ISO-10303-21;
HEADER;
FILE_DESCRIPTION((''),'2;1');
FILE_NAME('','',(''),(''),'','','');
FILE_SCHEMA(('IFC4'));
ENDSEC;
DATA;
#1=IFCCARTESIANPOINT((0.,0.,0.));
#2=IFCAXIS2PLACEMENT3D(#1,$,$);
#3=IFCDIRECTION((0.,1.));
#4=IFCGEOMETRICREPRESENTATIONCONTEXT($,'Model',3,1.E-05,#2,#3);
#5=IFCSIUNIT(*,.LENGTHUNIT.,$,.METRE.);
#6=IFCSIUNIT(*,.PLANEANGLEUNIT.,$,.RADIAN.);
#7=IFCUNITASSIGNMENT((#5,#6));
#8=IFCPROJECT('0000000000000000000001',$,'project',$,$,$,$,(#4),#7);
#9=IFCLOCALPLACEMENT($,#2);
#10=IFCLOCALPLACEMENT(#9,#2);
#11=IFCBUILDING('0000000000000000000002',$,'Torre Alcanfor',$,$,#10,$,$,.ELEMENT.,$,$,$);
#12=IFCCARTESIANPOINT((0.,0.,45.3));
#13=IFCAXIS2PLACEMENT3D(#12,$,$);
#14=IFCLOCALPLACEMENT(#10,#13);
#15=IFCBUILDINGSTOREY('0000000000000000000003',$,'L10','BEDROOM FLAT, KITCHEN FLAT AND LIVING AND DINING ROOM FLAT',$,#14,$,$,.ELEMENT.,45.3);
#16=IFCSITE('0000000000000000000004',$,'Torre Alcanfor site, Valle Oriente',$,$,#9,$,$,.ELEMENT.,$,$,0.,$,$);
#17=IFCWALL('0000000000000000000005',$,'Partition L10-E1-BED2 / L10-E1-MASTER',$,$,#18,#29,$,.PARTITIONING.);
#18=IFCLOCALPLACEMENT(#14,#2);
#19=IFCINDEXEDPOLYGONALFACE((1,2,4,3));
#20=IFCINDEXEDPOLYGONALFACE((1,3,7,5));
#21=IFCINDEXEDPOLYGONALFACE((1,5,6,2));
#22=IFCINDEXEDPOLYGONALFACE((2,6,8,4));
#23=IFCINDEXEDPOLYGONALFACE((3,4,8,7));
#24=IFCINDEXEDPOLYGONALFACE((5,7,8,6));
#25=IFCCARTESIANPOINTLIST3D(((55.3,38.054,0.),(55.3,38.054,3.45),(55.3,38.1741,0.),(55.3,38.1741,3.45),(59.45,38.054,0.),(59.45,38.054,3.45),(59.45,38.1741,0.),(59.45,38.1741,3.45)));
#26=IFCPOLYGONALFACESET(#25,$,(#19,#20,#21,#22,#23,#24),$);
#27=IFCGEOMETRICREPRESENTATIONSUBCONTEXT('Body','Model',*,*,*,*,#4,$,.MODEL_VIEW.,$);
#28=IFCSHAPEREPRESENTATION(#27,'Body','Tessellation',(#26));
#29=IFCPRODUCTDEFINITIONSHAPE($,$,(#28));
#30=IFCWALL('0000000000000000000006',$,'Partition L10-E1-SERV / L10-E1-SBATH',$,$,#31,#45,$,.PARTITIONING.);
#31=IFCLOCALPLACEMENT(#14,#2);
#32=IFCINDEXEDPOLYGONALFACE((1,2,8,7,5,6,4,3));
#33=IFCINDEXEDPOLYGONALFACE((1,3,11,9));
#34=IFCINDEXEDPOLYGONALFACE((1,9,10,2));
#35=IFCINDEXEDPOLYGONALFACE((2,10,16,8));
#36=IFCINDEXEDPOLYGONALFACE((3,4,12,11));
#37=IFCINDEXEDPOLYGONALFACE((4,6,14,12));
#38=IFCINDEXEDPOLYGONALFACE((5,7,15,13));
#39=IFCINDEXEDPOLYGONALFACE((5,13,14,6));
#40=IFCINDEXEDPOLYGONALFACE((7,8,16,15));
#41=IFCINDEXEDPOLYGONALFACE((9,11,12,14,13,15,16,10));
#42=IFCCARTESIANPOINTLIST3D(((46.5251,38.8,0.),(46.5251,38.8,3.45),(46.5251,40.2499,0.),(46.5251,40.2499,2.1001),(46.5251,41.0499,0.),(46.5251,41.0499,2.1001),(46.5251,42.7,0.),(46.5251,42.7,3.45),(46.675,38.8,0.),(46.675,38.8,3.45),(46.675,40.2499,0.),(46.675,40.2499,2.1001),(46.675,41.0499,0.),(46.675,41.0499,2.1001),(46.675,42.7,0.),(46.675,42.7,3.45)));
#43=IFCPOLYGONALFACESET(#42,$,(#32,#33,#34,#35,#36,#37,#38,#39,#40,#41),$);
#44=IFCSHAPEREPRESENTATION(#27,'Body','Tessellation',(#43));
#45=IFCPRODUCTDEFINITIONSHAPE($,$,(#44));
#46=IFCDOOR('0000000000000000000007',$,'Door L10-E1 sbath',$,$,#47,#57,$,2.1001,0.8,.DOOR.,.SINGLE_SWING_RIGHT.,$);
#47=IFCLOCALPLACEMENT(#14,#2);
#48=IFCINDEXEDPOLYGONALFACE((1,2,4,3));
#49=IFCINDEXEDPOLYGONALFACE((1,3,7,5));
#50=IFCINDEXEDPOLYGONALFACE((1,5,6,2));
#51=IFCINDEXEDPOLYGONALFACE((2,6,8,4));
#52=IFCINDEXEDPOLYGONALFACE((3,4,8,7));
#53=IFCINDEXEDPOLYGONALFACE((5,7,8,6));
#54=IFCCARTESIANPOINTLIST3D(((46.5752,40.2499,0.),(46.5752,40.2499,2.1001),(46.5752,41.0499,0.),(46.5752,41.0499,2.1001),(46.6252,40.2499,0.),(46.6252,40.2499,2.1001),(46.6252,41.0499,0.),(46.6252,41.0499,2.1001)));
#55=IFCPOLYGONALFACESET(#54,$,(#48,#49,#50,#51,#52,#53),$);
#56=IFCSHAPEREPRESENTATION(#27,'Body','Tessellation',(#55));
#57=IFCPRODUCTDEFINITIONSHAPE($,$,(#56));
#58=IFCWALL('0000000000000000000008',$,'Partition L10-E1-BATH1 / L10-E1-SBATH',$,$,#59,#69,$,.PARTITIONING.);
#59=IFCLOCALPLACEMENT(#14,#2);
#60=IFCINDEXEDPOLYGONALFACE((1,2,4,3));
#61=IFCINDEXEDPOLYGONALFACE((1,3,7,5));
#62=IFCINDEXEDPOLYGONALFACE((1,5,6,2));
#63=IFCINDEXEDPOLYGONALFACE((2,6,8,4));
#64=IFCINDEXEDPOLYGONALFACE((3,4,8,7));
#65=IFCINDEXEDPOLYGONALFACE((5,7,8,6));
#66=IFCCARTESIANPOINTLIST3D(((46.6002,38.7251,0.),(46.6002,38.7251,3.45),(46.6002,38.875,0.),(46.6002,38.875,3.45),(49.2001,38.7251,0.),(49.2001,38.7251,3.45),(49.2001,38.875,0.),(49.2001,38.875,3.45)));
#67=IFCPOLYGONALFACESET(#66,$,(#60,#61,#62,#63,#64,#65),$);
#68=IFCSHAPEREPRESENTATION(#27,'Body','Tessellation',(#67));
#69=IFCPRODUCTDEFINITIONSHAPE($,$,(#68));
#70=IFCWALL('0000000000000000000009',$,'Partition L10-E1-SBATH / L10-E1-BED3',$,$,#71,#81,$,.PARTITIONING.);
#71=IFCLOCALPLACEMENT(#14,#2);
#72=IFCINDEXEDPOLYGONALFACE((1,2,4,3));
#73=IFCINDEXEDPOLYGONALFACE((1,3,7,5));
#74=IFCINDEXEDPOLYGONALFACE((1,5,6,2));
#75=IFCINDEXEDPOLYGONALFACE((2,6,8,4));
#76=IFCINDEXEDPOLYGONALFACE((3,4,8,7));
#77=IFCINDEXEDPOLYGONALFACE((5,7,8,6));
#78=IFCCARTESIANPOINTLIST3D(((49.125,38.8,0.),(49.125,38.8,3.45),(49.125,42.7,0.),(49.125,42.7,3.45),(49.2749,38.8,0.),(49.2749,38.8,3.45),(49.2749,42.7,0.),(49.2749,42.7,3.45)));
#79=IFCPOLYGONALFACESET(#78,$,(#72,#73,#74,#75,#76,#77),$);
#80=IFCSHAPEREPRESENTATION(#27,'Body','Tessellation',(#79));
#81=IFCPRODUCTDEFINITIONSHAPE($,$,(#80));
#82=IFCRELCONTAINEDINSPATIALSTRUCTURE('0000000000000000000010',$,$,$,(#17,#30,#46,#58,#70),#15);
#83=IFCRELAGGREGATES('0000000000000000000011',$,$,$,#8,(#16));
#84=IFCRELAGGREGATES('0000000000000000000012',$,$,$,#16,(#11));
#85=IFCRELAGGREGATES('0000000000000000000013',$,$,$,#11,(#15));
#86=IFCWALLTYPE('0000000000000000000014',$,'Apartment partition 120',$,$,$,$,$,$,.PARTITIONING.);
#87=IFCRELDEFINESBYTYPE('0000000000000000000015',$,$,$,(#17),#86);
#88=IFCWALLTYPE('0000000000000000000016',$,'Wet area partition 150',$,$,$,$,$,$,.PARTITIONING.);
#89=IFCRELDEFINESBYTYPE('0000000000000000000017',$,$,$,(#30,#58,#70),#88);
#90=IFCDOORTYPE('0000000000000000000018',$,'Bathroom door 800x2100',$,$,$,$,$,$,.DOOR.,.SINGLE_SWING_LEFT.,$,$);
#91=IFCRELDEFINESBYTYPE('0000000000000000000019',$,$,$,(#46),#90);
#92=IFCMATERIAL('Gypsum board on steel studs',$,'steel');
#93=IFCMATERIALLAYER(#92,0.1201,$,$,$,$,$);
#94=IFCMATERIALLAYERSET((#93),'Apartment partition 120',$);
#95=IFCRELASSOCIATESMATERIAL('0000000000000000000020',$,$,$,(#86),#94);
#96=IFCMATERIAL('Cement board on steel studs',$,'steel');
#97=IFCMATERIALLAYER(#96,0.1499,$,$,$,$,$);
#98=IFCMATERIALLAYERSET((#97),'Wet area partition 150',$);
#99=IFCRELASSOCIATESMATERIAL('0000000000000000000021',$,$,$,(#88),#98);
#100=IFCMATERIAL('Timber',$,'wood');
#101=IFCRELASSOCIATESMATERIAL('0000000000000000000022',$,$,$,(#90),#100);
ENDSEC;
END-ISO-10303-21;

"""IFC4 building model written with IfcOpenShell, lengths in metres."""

from ifc_helpers import new_model, si_unit, direction, frame, frame_2d, origin, place, context, subcontext, project, spatial, rectangle, extrude, material, layer, layer_set, type_object, element, fill, save


model = new_model("IFC4")

# Units and contexts
model_context = context("Model", 3, precision=1e-05, world=origin(), true_north=direction((0.0, 1.0)))
body_context = subcontext(model_context, "Body", "Model", "MODEL_VIEW")
ifc_project = project(units=[si_unit("LENGTHUNIT", "METRE"), si_unit("PLANEANGLEUNIT", "RADIAN")], contexts=[model_context])

# Site, building, storey
site_placement = place(None, origin())
site = spatial("IfcSite", under=ifc_project, at=site_placement, Name="Torre Alcanfor site, Valle Oriente", CompositionType="ELEMENT", RefElevation=0.0)
building_placement = place(site_placement, origin())
building = spatial("IfcBuilding", under=site, at=building_placement, Name="Torre Alcanfor", CompositionType="ELEMENT")
storey_placement = place(building_placement, frame((0.0, 0.0, 45.3)))
storey = spatial("IfcBuildingStorey", under=building, at=storey_placement, Name="L10", Description="BEDROOM FLAT, KITCHEN FLAT AND LIVING AND DINING ROOM FLAT", CompositionType="ELEMENT", Elevation=45.3)

# Shared definitions
ifc_material_1 = material(Name="Gypsum board on steel studs", Category="steel")
ifc_layer_1 = layer(ifc_material_1, 0.1201)
ifc_layer_set_1 = layer_set([ifc_layer_1], Name="Apartment partition 120")
wall_type_1 = type_object("IfcWallType", Name="Apartment partition 120", PredefinedType="PARTITIONING", material=ifc_layer_set_1)

# Wall
wall_1_placement = place(storey_placement, frame((59.45, 38.114, 0.0), z_axis=(0.0, 0.0, 1.0), x_axis=(-1.0, 0.0, 0.0)))
element("IfcWall", 1, at=wall_1_placement, inside=storey, type_object=wall_type_1, Name="Partition L10-E1-BED2 / L10-E1-MASTER", PredefinedType="PARTITIONING", context=body_context, shape_type="SweptSolid", body=[
    extrude(rectangle(XDim=4.1499, YDim=0.1201, at=frame_2d((2.075, 0.0))), origin(), (0.0, 0.0, 1.0), 3.45),
])

# Wall, opening, door
ifc_material_2 = material(Name="Cement board on steel studs", Category="steel")
ifc_layer_2 = layer(ifc_material_2, 0.1499)
ifc_layer_set_2 = layer_set([ifc_layer_2], Name="Wet area partition 150")
wall_type_2 = type_object("IfcWallType", Name="Wet area partition 150", PredefinedType="PARTITIONING", material=ifc_layer_set_2)
wall_2_placement = place(storey_placement, frame((46.6001, 38.8, 0.0), z_axis=(0.0, 0.0, 1.0), x_axis=(0.0, 1.0, 0.0)))
wall_2 = element("IfcWall", 2, at=wall_2_placement, inside=storey, type_object=wall_type_2, Name="Partition L10-E1-SERV / L10-E1-SBATH", PredefinedType="PARTITIONING", context=body_context, shape_type="SweptSolid", body=[
    extrude(rectangle(XDim=3.8999, YDim=0.1499, at=frame_2d((1.95, 0.0))), origin(), (0.0, 0.0, 1.0), 3.45),
])
opening_1_placement = place(wall_2_placement, frame((1.45, 0.0, 0.0)))
opening_1 = element("IfcOpeningElement", 3, at=opening_1_placement, cuts=wall_2, PredefinedType="OPENING", context=body_context, shape_type="SweptSolid", body=[
    extrude(rectangle(XDim=0.8, YDim=2.1001, at=frame_2d((0.3999, 1.05))), frame((0.0, 0.085, 0.0), z_axis=(0.0, -1.0, 0.0), x_axis=(1.0, 0.0, 0.0)), (0.0, 0.0, 1.0), 0.1699),
])
ifc_material_3 = material(Name="Timber", Category="wood")
door_type_1 = type_object("IfcDoorType", Name="Bathroom door 800x2100", OperationType="SINGLE_SWING_LEFT", PredefinedType="DOOR", material=ifc_material_3)
door_1_placement = place(opening_1_placement, frame((0.8, 0.0, 0.0), z_axis=(0.0, 0.0, 1.0), x_axis=(-1.0, 0.0, 0.0)))
door_1 = element("IfcDoor", 4, at=door_1_placement, inside=storey, type_object=door_type_1, Name="Door L10-E1 sbath", OperationType="SINGLE_SWING_RIGHT", OverallHeight=2.1001, OverallWidth=0.8, PredefinedType="DOOR", context=body_context, shape_type="SweptSolid", body=[
    extrude(rectangle(XDim=0.8, YDim=2.1001, at=frame_2d((0.4001, 1.05))), frame((0.0, 0.0251, 0.0), z_axis=(0.0, -1.0, 0.0), x_axis=(1.0, 0.0, 0.0)), (0.0, 0.0, 1.0), 0.05),
])
fill(opening_1, door_1)

# Walls
wall_3_placement = place(storey_placement, frame((49.2, 38.8, 0.0), z_axis=(0.0, 0.0, 1.0), x_axis=(-1.0, 0.0, 0.0)))
element("IfcWall", 5, at=wall_3_placement, inside=storey, type_object=wall_type_2, Name="Partition L10-E1-BATH1 / L10-E1-SBATH", PredefinedType="PARTITIONING", context=body_context, shape_type="SweptSolid", body=[
    extrude(rectangle(XDim=2.5999, YDim=0.1499, at=frame_2d((1.2998, 0.0))), origin(), (0.0, 0.0, 1.0), 3.45),
])
wall_4_placement = place(storey_placement, frame((49.2, 38.8, 0.0), z_axis=(0.0, 0.0, 1.0), x_axis=(0.0, 1.0, 0.0)))
element("IfcWall", 6, at=wall_4_placement, inside=storey, type_object=wall_type_2, Name="Partition L10-E1-SBATH / L10-E1-BED3", PredefinedType="PARTITIONING", context=body_context, shape_type="SweptSolid", body=[
    extrude(rectangle(XDim=3.8999, YDim=0.1499, at=frame_2d((1.95, 0.0))), origin(), (0.0, 0.0, 1.0), 3.45),
])

save(model, "model.ifc")
